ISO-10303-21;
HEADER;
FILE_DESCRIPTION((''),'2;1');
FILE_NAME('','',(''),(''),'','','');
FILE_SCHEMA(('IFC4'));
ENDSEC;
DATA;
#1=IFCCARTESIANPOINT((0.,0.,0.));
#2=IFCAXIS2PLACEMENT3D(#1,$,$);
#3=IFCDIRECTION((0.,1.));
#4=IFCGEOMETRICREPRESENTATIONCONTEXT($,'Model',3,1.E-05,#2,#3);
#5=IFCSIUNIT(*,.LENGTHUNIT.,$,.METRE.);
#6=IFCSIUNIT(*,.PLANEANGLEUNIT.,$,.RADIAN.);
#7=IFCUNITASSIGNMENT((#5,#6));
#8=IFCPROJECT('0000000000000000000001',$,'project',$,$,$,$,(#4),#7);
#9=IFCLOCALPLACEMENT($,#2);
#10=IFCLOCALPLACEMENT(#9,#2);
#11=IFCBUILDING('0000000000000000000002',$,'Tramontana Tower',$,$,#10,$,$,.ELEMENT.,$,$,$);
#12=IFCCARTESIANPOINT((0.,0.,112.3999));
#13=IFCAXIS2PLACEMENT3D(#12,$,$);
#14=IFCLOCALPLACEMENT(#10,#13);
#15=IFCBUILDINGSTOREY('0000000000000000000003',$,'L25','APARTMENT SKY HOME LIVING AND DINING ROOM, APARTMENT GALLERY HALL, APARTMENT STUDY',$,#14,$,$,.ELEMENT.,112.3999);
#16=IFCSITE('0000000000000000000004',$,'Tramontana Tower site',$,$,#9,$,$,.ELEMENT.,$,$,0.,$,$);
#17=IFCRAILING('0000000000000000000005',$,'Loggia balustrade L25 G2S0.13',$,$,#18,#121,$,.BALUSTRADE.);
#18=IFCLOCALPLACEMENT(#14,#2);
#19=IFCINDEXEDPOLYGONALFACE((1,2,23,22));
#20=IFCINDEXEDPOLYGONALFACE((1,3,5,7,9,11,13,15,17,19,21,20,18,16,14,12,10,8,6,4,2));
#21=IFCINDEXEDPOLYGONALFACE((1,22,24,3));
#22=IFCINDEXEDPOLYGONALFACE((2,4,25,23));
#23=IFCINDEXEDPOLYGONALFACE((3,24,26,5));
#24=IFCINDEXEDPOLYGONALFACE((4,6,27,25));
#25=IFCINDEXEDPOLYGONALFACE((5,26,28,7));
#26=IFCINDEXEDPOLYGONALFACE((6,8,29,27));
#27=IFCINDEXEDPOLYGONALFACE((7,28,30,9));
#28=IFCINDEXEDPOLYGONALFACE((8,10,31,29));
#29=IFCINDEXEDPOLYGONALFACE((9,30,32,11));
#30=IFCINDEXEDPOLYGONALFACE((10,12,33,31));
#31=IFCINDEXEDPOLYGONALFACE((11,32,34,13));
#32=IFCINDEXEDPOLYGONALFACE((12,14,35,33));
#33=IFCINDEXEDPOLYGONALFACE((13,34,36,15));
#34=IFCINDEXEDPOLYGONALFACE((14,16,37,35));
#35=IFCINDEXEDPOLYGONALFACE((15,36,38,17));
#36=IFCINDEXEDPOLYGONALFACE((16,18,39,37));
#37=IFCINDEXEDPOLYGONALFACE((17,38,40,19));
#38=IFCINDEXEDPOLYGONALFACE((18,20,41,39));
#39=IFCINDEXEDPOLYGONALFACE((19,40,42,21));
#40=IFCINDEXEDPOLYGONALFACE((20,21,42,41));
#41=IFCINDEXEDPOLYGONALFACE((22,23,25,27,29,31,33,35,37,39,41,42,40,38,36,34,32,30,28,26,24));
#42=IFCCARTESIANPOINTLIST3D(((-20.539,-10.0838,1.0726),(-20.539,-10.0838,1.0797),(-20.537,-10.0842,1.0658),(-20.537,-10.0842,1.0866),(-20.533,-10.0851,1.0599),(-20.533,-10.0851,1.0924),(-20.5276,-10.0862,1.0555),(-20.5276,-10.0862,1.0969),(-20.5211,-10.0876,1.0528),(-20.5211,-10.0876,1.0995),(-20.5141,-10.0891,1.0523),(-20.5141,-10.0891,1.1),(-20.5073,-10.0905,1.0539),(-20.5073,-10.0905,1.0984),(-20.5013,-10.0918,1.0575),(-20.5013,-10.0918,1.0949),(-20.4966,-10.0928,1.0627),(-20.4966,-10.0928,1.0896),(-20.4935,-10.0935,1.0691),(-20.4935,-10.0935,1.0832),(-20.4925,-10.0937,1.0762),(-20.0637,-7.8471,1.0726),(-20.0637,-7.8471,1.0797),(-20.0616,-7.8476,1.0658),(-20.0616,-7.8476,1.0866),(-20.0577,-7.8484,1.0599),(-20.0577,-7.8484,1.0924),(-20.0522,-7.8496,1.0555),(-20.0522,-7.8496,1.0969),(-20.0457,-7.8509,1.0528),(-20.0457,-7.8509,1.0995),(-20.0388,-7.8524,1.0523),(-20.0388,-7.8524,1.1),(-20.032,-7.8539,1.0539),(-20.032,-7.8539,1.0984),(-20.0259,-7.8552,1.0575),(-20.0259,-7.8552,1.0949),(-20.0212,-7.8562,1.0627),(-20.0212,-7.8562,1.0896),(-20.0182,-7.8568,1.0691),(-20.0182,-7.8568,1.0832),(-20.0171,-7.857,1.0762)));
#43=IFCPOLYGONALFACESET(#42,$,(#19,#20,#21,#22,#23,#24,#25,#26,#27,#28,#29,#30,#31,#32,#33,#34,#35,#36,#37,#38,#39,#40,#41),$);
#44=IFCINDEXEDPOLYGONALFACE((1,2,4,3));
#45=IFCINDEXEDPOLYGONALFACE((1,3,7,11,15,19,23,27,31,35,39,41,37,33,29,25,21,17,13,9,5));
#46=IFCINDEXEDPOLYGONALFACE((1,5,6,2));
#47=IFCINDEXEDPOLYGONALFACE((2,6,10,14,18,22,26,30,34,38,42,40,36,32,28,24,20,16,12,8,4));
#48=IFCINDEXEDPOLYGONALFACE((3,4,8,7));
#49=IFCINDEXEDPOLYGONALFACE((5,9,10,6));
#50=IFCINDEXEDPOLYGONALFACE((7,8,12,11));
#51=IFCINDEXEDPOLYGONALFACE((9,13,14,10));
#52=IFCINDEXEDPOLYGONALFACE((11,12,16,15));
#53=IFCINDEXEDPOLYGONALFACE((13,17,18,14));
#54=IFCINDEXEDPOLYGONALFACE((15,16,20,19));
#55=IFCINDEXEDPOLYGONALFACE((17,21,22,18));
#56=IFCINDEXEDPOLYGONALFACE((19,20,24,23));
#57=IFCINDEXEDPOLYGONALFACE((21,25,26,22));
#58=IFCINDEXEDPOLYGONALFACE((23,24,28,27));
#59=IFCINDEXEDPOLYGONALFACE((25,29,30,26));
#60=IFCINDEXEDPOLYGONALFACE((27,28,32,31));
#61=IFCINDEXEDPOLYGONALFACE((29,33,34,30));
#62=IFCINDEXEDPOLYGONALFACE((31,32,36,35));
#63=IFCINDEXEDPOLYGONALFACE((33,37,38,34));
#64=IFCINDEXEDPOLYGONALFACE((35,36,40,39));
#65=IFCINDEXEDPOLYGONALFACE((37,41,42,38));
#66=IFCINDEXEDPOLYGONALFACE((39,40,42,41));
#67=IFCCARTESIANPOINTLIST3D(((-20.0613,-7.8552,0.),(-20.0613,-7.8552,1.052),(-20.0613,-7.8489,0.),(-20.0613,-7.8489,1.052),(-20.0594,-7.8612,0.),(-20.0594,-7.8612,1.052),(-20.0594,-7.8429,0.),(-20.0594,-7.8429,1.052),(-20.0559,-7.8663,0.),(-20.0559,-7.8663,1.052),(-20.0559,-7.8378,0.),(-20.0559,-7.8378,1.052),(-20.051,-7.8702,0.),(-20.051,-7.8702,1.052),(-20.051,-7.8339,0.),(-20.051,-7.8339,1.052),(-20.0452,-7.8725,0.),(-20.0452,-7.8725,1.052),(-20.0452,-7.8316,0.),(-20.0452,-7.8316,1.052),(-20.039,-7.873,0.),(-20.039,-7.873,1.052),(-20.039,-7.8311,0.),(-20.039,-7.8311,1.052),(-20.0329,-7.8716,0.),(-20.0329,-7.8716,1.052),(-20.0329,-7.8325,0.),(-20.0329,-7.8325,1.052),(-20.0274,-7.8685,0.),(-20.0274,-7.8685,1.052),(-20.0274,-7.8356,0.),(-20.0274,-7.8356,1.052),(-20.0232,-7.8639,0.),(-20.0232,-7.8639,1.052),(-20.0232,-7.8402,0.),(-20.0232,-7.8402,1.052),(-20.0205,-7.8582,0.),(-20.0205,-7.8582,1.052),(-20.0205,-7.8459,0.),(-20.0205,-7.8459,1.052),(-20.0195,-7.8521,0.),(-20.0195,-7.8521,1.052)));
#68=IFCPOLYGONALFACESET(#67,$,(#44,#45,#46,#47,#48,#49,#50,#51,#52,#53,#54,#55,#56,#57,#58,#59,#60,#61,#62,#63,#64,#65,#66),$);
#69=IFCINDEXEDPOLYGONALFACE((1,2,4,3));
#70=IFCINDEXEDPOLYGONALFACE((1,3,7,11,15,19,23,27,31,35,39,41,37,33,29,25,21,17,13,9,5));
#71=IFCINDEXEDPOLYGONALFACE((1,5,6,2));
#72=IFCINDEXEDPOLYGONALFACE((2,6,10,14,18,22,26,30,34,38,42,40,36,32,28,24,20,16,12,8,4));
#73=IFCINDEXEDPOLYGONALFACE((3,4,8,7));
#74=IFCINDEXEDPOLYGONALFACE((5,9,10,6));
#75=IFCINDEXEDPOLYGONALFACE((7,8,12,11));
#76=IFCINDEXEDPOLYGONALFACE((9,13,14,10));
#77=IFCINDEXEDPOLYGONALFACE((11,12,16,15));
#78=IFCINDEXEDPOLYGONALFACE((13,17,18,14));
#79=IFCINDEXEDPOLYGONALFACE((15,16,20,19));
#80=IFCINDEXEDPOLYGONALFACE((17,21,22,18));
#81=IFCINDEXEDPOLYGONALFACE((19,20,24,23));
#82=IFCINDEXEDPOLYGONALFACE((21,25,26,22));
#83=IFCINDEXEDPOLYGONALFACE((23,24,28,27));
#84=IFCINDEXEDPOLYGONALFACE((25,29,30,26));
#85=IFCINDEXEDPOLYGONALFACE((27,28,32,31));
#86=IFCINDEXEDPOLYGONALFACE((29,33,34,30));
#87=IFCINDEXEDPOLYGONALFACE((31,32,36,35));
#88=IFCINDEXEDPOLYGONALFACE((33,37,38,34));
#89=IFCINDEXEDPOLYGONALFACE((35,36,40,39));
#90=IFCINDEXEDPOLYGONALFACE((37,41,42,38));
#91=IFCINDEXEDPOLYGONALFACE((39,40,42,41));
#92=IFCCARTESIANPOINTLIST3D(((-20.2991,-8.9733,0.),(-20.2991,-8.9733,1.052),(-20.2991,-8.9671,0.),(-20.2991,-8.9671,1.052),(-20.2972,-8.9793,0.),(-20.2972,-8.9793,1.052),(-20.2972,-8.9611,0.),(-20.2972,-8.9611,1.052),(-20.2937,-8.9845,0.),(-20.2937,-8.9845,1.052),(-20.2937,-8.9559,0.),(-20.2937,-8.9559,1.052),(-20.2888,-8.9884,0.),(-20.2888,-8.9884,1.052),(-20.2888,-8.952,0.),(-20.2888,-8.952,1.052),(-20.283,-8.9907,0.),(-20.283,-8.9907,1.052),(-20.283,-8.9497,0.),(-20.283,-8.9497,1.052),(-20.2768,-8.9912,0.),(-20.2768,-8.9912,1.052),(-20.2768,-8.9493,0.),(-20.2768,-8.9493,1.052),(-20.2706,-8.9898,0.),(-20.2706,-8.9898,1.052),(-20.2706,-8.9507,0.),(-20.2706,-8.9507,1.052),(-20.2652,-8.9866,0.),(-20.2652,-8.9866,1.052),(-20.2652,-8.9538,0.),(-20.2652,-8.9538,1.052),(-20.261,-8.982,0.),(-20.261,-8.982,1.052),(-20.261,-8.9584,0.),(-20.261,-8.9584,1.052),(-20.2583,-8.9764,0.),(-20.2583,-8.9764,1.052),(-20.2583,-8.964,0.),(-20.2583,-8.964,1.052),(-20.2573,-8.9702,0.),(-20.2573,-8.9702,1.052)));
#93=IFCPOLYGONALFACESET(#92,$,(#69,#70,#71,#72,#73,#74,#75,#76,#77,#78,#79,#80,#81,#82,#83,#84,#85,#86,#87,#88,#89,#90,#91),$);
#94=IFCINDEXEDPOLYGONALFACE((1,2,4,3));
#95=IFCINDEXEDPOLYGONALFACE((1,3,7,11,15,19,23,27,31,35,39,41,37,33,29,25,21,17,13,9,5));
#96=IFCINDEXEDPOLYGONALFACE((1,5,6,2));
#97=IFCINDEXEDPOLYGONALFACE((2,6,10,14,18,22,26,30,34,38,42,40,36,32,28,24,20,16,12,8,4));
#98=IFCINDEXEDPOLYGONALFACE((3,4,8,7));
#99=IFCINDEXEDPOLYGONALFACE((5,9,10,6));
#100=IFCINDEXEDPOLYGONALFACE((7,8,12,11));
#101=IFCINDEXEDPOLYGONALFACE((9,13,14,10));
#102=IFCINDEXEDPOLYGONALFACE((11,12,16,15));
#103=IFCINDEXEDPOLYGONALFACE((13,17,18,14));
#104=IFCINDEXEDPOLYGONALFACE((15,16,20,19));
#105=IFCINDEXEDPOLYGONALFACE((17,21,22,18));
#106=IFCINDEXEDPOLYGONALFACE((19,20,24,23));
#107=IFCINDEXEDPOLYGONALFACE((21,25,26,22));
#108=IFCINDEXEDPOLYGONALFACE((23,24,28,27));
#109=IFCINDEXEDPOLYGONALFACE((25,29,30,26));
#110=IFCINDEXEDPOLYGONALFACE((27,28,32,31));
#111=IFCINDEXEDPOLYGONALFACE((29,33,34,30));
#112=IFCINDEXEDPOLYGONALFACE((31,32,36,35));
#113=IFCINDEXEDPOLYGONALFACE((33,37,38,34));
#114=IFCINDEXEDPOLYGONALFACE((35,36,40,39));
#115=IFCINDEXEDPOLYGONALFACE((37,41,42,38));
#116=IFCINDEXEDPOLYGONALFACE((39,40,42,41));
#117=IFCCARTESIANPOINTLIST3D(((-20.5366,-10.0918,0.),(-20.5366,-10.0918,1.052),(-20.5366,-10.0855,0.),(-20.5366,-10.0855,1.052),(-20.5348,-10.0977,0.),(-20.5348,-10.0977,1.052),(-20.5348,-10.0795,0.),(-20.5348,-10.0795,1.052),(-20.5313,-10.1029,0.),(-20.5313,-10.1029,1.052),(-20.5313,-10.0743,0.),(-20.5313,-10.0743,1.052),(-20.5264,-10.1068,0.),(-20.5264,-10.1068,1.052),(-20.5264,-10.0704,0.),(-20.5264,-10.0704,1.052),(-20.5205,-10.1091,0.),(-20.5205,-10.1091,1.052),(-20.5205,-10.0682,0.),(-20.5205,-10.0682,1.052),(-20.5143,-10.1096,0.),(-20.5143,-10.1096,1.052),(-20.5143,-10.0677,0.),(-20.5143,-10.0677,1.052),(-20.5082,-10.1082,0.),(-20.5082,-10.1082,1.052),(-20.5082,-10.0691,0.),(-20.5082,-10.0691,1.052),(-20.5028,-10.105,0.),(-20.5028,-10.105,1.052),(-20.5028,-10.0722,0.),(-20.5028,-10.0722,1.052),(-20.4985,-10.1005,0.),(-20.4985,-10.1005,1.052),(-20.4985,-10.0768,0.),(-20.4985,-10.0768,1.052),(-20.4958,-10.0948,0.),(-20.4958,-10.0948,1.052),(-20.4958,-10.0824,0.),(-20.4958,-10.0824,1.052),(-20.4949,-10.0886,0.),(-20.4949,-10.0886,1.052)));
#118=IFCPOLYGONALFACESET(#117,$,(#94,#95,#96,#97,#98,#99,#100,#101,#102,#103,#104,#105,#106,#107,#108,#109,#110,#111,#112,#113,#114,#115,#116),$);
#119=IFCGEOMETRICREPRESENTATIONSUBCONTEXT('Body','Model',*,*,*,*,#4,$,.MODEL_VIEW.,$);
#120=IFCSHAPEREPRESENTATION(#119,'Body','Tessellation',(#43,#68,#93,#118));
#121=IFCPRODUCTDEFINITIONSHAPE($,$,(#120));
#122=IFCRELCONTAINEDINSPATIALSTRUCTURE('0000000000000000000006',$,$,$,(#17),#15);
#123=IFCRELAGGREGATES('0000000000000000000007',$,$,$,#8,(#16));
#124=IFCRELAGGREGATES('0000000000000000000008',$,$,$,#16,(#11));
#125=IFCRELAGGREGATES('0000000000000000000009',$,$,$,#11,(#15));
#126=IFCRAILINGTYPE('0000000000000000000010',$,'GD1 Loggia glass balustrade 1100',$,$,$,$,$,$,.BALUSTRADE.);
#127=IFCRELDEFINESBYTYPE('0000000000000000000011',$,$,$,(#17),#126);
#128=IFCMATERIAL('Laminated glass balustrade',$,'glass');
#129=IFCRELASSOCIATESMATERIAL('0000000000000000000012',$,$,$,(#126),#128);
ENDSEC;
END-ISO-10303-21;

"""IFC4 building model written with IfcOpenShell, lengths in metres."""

from ifc_helpers import new_model, si_unit, direction, frame, origin, origin_2d, place, context, subcontext, project, spatial, circle, extrude, material, type_object, element, save


model = new_model("IFC4")

# Units and contexts
model_context = context("Model", 3, precision=1e-05, world=origin(), true_north=direction((0.0, 1.0)))
body_context = subcontext(model_context, "Body", "Model", "MODEL_VIEW")
ifc_project = project(units=[si_unit("LENGTHUNIT", "METRE"), si_unit("PLANEANGLEUNIT", "RADIAN")], contexts=[model_context])

# Site, building, storey
site_placement = place(None, origin())
site = spatial("IfcSite", under=ifc_project, at=site_placement, Name="Tramontana Tower site", CompositionType="ELEMENT", RefElevation=0.0)
building_placement = place(site_placement, origin())
building = spatial("IfcBuilding", under=site, at=building_placement, Name="Tramontana Tower", CompositionType="ELEMENT")
storey_placement = place(building_placement, frame((0.0, 0.0, 112.3999)))
storey = spatial("IfcBuildingStorey", under=building, at=storey_placement, Name="L25", Description="APARTMENT SKY HOME LIVING AND DINING ROOM, APARTMENT GALLERY HALL, APARTMENT STUDY", CompositionType="ELEMENT", Elevation=112.3999)

# Railing
ifc_material_1 = material(Name="Laminated glass balustrade", Category="glass")
railing_type = type_object("IfcRailingType", Name="GD1 Loggia glass balustrade 1100", PredefinedType="BALUSTRADE", material=ifc_material_1)
railing_placement = place(storey_placement, frame((-20.0405, -7.8521, 0.0)))
element("IfcRailing", 1, at=railing_placement, inside=storey, type_object=railing_type, Name="Loggia balustrade L25 G2S0.13", PredefinedType="BALUSTRADE", context=body_context, shape_type="SweptSolid", body=[
    extrude(circle(Radius=0.0239, at=origin_2d()), frame((0.0, 0.0, 1.0762), z_axis=(-0.207888, -0.978153, 0.0), x_axis=(0.978153, -0.207888, 0.0)), (0.0, 0.0, 1.0), 2.2866),
    extrude(circle(Radius=0.021, at=origin_2d()), origin(), (0.0, 0.0, 1.0), 1.052),
    extrude(circle(Radius=0.021, at=origin_2d()), frame((-0.2378, -1.1182, 0.0)), (0.0, 0.0, 1.0), 1.052),
    extrude(circle(Radius=0.021, at=origin_2d()), frame((-0.4753, -2.2366, 0.0)), (0.0, 0.0, 1.0), 1.052),
])

save(model, "model.ifc")
